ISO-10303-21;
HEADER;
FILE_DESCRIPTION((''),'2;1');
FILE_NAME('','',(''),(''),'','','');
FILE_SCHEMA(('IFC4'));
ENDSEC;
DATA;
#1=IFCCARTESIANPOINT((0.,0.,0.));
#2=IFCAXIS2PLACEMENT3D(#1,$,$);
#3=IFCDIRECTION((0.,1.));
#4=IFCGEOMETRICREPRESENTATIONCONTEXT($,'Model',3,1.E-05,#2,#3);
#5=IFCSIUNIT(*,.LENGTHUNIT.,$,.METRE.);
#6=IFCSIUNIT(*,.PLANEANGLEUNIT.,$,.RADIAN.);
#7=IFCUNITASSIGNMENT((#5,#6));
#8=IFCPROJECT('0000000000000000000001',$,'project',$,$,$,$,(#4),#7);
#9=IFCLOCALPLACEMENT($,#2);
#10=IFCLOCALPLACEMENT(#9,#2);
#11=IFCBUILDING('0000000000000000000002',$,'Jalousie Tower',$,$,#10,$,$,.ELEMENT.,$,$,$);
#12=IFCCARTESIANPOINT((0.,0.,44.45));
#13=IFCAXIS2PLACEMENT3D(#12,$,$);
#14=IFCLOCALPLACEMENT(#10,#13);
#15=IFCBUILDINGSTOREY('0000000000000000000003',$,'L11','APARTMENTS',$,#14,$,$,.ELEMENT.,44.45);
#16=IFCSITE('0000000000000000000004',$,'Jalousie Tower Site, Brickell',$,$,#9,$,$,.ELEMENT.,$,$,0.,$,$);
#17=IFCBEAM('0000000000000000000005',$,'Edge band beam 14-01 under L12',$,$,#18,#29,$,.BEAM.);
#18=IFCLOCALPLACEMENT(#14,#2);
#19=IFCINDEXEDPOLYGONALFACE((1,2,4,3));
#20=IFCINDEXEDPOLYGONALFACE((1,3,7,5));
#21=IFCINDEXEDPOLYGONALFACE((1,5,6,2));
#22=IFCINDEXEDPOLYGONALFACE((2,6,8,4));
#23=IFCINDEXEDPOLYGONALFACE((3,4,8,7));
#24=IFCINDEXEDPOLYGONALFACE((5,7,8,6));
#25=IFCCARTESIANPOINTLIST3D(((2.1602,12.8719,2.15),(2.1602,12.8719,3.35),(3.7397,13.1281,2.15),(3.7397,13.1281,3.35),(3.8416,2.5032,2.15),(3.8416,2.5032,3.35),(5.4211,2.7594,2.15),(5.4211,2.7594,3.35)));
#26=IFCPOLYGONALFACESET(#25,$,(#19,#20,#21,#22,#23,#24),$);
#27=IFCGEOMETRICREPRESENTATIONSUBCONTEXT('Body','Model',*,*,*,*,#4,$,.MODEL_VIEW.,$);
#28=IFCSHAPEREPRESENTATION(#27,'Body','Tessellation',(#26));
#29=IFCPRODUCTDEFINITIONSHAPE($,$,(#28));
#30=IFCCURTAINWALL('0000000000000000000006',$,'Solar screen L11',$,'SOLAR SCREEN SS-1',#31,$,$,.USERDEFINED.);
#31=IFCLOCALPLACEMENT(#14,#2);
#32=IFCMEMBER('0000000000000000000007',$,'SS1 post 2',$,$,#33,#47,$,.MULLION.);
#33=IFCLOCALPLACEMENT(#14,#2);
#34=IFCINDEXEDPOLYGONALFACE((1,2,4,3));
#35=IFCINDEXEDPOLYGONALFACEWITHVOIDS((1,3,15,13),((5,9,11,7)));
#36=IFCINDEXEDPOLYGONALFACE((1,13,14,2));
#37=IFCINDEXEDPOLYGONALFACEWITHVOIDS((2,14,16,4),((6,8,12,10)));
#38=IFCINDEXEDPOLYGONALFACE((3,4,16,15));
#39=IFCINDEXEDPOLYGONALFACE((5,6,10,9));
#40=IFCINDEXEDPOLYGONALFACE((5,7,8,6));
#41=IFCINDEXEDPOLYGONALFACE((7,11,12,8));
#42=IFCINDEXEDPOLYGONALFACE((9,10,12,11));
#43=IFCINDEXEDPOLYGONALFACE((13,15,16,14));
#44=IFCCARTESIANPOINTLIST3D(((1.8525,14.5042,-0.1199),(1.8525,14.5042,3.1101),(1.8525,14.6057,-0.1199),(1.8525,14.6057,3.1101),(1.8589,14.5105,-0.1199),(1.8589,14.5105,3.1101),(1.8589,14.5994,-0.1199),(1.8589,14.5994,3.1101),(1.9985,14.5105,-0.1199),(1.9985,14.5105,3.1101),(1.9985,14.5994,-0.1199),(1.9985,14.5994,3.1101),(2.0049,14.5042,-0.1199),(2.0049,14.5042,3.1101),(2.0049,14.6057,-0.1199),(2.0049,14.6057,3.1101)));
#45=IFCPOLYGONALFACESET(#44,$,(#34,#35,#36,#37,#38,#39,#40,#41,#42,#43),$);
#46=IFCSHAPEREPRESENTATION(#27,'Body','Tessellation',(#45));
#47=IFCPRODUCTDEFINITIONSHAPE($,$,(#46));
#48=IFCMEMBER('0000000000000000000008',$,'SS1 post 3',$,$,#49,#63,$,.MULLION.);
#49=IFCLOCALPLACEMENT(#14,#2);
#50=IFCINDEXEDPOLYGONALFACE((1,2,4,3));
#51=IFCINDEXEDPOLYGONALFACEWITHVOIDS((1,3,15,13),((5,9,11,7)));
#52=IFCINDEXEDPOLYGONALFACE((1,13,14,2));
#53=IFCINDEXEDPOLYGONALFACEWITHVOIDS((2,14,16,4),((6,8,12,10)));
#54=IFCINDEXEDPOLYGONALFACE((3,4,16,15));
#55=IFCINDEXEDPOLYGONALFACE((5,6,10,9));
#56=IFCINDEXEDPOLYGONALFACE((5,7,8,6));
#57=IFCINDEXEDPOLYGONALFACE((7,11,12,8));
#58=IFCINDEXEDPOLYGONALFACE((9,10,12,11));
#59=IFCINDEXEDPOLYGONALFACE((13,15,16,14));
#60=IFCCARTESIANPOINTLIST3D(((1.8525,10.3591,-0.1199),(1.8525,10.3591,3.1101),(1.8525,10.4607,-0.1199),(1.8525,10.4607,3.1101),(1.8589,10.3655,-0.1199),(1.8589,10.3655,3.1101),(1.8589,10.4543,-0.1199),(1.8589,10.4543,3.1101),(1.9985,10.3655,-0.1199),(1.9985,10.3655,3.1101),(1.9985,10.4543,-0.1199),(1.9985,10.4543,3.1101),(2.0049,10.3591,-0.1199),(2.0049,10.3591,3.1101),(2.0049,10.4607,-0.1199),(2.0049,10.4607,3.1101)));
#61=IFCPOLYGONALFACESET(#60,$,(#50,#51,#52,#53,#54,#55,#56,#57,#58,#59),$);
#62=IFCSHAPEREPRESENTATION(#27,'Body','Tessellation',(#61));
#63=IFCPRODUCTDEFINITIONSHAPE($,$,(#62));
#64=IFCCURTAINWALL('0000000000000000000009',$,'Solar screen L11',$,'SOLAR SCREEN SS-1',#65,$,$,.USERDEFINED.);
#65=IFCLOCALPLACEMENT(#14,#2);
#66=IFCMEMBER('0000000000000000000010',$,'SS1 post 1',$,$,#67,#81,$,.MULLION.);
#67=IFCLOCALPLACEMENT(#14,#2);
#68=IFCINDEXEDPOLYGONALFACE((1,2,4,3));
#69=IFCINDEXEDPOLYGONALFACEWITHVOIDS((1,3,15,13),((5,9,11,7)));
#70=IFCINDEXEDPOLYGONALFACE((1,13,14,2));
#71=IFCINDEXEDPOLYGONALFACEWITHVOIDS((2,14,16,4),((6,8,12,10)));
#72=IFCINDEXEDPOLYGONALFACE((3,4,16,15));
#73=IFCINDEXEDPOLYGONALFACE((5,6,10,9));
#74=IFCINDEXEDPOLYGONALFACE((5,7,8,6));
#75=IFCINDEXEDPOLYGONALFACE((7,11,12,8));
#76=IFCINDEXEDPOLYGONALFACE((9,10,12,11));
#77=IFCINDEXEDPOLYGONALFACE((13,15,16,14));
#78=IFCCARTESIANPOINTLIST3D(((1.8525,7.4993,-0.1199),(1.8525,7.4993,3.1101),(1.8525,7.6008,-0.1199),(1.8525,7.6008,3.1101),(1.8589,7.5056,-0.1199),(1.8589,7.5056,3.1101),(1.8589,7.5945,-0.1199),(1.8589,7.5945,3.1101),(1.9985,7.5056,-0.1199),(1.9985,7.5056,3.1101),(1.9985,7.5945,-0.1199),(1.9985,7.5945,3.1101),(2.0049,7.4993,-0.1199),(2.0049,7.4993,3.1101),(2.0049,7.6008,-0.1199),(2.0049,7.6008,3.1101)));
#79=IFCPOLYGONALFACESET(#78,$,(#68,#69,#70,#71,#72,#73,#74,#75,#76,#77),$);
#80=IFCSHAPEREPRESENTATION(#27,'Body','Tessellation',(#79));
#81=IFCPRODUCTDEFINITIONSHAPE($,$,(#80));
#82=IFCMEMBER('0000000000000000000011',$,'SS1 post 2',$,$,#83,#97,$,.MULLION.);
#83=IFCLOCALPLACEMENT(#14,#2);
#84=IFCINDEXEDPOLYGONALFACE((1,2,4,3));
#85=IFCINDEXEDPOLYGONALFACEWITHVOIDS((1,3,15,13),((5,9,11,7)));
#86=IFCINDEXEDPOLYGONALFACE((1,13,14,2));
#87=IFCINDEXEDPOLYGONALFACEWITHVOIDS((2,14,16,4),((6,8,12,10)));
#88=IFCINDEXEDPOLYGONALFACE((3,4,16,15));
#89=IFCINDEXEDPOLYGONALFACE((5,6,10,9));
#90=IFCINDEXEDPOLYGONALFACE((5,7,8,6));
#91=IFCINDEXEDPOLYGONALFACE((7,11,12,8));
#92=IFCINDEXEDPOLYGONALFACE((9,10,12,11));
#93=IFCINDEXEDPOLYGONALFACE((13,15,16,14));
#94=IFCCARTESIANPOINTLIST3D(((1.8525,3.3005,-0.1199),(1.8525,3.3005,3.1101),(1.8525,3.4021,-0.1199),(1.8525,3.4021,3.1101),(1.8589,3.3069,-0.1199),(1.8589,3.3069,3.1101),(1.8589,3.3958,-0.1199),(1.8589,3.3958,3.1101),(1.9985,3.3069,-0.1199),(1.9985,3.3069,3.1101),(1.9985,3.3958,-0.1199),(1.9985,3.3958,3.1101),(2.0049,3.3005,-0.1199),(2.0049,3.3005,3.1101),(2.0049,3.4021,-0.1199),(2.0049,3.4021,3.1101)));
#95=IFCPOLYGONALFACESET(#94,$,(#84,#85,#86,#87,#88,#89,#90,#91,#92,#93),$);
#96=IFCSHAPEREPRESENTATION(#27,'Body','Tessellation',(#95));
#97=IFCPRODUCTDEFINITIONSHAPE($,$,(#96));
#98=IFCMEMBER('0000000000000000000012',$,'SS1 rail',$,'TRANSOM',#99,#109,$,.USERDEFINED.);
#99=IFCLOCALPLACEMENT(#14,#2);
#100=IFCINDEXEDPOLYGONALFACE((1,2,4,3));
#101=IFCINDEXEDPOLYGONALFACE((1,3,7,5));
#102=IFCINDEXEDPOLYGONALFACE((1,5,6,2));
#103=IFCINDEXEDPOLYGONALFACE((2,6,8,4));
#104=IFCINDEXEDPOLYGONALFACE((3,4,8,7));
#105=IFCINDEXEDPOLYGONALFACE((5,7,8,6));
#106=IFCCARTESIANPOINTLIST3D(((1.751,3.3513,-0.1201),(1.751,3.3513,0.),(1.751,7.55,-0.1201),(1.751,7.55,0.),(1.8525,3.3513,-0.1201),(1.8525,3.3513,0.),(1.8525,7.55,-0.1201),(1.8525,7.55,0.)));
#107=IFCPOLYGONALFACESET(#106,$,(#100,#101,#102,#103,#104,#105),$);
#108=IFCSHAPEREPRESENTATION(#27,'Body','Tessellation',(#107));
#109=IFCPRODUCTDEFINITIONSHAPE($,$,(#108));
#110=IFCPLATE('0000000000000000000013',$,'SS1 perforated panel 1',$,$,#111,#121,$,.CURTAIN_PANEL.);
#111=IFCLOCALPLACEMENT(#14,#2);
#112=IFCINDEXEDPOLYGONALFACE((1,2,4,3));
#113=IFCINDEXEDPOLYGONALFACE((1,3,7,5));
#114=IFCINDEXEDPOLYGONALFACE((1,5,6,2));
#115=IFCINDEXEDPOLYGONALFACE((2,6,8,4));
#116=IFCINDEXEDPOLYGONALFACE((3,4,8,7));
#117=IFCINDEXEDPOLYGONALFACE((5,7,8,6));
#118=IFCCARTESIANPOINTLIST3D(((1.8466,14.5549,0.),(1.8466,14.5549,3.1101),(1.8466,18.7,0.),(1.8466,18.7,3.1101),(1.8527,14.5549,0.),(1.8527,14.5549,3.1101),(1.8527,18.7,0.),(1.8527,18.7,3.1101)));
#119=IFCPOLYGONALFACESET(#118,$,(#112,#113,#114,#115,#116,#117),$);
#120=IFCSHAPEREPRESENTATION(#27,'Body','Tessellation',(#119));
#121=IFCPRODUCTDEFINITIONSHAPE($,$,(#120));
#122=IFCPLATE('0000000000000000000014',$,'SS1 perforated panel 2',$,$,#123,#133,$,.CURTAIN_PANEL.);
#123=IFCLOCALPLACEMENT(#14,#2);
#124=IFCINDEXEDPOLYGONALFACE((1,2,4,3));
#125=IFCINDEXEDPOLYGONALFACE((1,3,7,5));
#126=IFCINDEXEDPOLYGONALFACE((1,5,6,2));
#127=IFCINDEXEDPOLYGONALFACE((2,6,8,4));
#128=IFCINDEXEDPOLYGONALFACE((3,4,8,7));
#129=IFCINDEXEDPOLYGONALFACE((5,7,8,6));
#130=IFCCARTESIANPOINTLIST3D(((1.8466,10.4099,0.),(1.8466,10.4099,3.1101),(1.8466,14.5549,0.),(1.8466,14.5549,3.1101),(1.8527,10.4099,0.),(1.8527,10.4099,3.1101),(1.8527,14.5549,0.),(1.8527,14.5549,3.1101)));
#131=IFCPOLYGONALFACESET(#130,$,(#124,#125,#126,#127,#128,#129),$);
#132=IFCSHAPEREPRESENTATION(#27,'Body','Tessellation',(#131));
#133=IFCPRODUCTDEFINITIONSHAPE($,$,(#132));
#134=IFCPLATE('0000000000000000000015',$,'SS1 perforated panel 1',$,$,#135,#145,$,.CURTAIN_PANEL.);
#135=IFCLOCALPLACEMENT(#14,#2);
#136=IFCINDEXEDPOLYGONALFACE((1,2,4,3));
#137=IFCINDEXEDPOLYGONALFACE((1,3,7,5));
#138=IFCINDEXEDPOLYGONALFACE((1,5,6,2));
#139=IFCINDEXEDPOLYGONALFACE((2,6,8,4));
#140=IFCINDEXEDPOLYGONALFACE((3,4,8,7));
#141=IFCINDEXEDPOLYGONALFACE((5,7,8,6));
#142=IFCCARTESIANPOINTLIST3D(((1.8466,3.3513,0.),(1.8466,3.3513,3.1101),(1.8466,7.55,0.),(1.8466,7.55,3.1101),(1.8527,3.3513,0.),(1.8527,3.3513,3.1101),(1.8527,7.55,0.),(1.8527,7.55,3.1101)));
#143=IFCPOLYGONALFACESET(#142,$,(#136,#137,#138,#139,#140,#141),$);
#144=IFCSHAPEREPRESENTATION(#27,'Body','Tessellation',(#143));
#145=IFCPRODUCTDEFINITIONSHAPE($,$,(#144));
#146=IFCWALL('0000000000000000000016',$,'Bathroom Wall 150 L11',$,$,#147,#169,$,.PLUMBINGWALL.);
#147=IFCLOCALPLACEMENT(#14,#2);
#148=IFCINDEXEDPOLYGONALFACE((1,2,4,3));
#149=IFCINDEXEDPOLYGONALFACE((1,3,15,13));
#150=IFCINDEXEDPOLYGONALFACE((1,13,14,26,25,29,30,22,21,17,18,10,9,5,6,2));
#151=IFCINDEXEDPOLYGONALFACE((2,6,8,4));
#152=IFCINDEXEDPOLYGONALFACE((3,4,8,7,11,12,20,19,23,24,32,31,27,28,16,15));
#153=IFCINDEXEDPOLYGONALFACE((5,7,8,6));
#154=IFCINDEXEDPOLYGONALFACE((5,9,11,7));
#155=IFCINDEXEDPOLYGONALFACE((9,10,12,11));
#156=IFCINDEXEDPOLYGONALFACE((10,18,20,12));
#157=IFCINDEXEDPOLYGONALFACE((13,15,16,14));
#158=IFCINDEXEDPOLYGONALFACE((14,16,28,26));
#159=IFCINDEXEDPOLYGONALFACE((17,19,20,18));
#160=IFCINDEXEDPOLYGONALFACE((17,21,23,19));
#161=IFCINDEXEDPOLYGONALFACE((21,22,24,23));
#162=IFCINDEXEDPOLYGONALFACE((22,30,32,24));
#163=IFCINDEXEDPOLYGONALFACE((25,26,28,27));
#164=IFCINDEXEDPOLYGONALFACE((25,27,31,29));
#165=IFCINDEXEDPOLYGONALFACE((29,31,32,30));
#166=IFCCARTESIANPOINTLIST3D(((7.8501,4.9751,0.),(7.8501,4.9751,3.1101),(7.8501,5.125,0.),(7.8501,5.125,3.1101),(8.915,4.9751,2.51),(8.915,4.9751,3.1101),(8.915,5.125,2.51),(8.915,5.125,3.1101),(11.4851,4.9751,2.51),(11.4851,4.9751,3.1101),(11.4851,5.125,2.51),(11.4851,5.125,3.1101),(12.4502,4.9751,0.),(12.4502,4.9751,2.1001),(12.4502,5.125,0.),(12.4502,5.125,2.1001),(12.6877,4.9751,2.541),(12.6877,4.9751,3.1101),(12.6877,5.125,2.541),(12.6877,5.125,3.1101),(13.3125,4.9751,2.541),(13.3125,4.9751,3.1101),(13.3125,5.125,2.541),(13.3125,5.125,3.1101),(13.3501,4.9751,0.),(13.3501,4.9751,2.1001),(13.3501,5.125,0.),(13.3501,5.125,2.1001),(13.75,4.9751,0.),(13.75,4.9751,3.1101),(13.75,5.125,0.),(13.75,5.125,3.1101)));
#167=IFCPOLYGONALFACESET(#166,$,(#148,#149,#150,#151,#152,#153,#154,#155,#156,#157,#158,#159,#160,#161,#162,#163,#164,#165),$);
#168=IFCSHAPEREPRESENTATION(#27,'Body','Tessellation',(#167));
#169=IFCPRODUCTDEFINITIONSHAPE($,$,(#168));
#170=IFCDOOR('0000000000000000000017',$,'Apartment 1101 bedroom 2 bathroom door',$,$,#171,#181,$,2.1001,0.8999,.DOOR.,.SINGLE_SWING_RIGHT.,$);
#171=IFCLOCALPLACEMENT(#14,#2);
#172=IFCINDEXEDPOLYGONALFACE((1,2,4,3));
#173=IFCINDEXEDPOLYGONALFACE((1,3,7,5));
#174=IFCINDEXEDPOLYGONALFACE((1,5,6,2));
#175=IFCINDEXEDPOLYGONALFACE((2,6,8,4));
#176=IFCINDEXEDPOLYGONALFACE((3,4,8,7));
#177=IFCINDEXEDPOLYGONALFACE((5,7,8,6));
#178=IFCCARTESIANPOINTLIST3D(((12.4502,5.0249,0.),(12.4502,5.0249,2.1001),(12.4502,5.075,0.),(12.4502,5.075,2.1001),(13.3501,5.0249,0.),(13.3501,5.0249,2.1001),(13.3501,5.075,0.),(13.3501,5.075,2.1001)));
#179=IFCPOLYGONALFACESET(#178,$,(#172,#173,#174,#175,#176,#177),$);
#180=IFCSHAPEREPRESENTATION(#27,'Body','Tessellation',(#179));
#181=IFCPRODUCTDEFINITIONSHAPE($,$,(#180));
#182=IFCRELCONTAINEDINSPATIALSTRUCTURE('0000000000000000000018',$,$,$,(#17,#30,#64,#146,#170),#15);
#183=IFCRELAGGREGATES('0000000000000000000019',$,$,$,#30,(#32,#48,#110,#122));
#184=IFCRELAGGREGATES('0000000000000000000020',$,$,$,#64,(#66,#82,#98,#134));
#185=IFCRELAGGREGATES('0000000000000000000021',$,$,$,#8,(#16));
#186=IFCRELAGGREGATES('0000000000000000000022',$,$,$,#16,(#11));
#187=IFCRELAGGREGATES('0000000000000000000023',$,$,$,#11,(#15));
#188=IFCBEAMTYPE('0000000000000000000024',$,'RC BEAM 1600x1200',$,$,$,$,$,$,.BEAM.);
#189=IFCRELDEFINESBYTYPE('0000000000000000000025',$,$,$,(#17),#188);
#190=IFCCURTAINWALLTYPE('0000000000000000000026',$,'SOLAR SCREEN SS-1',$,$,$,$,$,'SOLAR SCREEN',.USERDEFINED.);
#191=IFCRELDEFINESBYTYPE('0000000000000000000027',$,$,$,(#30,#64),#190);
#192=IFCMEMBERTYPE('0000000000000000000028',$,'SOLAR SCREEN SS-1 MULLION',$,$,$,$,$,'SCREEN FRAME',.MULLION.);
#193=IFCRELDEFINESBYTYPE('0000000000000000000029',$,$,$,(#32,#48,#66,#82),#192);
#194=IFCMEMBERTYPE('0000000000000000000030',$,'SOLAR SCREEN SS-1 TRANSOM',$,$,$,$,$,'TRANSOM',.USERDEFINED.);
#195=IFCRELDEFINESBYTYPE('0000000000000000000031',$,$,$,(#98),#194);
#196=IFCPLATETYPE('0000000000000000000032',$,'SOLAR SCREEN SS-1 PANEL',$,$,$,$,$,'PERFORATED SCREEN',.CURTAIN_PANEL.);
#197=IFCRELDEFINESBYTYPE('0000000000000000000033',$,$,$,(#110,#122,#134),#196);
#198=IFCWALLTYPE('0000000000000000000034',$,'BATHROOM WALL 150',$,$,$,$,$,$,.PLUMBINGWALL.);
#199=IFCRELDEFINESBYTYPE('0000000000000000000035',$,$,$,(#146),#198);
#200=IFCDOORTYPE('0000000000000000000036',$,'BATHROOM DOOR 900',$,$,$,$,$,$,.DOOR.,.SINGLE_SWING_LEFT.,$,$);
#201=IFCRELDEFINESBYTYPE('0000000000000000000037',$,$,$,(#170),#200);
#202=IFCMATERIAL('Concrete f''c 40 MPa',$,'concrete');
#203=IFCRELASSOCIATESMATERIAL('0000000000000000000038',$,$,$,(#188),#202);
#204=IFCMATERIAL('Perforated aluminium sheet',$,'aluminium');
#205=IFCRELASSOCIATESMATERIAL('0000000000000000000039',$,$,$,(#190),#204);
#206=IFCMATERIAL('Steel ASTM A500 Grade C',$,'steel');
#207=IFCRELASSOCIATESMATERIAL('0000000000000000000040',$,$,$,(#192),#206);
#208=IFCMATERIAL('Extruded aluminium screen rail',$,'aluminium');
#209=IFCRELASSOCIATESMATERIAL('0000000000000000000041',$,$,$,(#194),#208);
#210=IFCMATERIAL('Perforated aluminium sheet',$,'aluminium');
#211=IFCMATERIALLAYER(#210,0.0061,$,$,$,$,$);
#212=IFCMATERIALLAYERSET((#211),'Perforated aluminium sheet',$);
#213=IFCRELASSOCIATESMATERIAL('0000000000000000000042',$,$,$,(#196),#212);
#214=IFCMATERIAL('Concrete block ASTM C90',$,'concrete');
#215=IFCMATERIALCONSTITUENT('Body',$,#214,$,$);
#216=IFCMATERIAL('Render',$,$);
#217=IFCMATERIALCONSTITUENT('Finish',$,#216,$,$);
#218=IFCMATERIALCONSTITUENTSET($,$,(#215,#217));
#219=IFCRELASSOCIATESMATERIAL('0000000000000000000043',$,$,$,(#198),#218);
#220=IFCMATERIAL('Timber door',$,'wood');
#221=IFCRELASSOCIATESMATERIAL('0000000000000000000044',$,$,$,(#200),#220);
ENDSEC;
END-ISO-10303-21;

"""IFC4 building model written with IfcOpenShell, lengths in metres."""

from ifc_helpers import new_model, si_unit, direction, frame, frame_2d, origin, origin_2d, place, context, subcontext, project, spatial, polyline, rectangle, hollow_rectangle, outline, extrude, material, layer, layer_set, constituent, constituent_set, material_profile, profile_set, type_object, element, fill, aggregate, save


model = new_model("IFC4")

# Units and contexts
model_context = context("Model", 3, precision=1e-05, world=origin(), true_north=direction((0.0, 1.0)))
body_context = subcontext(model_context, "Body", "Model", "MODEL_VIEW")
ifc_project = project(units=[si_unit("LENGTHUNIT", "METRE"), si_unit("PLANEANGLEUNIT", "RADIAN")], contexts=[model_context])

# Site, building, storey
site_placement = place(None, origin())
site = spatial("IfcSite", under=ifc_project, at=site_placement, Name="Jalousie Tower Site, Brickell", CompositionType="ELEMENT", RefElevation=0.0)
building_placement = place(site_placement, origin())
building = spatial("IfcBuilding", under=site, at=building_placement, Name="Jalousie Tower", CompositionType="ELEMENT")
storey_placement = place(building_placement, frame((0.0, 0.0, 44.45)))
storey = spatial("IfcBuildingStorey", under=building, at=storey_placement, Name="L11", Description="APARTMENTS", CompositionType="ELEMENT", Elevation=44.45)

# Beam
ifc_material_1 = material(Name="Concrete f'c 40 MPa", Category="concrete")
ifc_material_profile_1 = material_profile(ifc_material_1, rectangle(XDim=1.6001, YDim=1.2, at=origin_2d()), Name="RC 1600x1200")
ifc_profile_set_1 = profile_set([ifc_material_profile_1], Name="Concrete f'c 40 MPa")
beam_type_1 = type_object("IfcBeamType", Name="RC BEAM 1600x1200", PredefinedType="BEAM", material=ifc_profile_set_1)
beam_1_placement = place(storey_placement, frame((2.95, 13.0, 2.75), z_axis=(0.160071, -0.987106, 0.0), x_axis=(0.987106, 0.160071, 0.0)))
element("IfcBeam", 1, at=beam_1_placement, inside=storey, type_object=beam_type_1, Name="Edge band beam 14-01 under L12", PredefinedType="BEAM", context=body_context, shape_type="SweptSolid", body=[
    extrude(rectangle(XDim=1.6001, YDim=1.2, at=origin_2d()), origin(), (0.0, 0.0, 1.0), 10.5042),
])

# Curtain walls, members
ifc_material_2 = material(Name="Perforated aluminium sheet", Category="aluminium")
curtain_wall_type_1 = type_object("IfcCurtainWallType", Name="SOLAR SCREEN SS-1", ElementType="SOLAR SCREEN", PredefinedType="USERDEFINED", material=ifc_material_2)
curtain_wall_1_placement = place(storey_placement, origin())
curtain_wall_1 = element("IfcCurtainWall", 2, at=curtain_wall_1_placement, inside=storey, type_object=curtain_wall_type_1, Name="Solar screen L11", ObjectType="SOLAR SCREEN SS-1", PredefinedType="USERDEFINED")
ifc_material_3 = material(Name="Steel ASTM A500 Grade C", Category="steel")
ifc_material_profile_2 = material_profile(ifc_material_3, hollow_rectangle(XDim=0.1016, YDim=0.1523, WallThickness=0.0063, at=origin_2d()), Name="HSS6X4X1/4")
ifc_profile_set_2 = profile_set([ifc_material_profile_2], Name="Steel ASTM A500 Grade C")
member_type_1 = type_object("IfcMemberType", Name="SOLAR SCREEN SS-1 MULLION", ElementType="SCREEN FRAME", PredefinedType="MULLION", material=ifc_profile_set_2)
member_1_placement = place(storey_placement, frame((1.9287, 14.5549, -0.1199), z_axis=(0.0, 0.0, 1.0), x_axis=(0.0, -1.0, 0.0)))
member_1 = element("IfcMember", 3, at=member_1_placement, type_object=member_type_1, Name="SS1 post 2", PredefinedType="MULLION", context=body_context, shape_type="SweptSolid", body=[
    extrude(hollow_rectangle(XDim=0.1016, YDim=0.1523, WallThickness=0.0063, at=origin_2d()), origin(), (0.0, 0.0, 1.0), 3.23),
])
member_2_placement = place(storey_placement, frame((1.9287, 10.4099, -0.1199), z_axis=(0.0, 0.0, 1.0), x_axis=(0.0, -1.0, 0.0)))
member_2 = element("IfcMember", 4, at=member_2_placement, type_object=member_type_1, Name="SS1 post 3", PredefinedType="MULLION", context=body_context, shape_type="SweptSolid", body=[
    extrude(hollow_rectangle(XDim=0.1016, YDim=0.1523, WallThickness=0.0063, at=origin_2d()), origin(), (0.0, 0.0, 1.0), 3.23),
])
curtain_wall_2_placement = place(storey_placement, origin())
curtain_wall_2 = element("IfcCurtainWall", 5, at=curtain_wall_2_placement, inside=storey, type_object=curtain_wall_type_1, Name="Solar screen L11", ObjectType="SOLAR SCREEN SS-1", PredefinedType="USERDEFINED")
member_3_placement = place(storey_placement, frame((1.9287, 7.55, -0.1199), z_axis=(0.0, 0.0, 1.0), x_axis=(0.0, -1.0, 0.0)))
member_3 = element("IfcMember", 6, at=member_3_placement, type_object=member_type_1, Name="SS1 post 1", PredefinedType="MULLION", context=body_context, shape_type="SweptSolid", body=[
    extrude(hollow_rectangle(XDim=0.1016, YDim=0.1523, WallThickness=0.0063, at=origin_2d()), origin(), (0.0, 0.0, 1.0), 3.23),
])
member_4_placement = place(storey_placement, frame((1.9287, 3.3513, -0.1199), z_axis=(0.0, 0.0, 1.0), x_axis=(0.0, -1.0, 0.0)))
member_4 = element("IfcMember", 7, at=member_4_placement, type_object=member_type_1, Name="SS1 post 2", PredefinedType="MULLION", context=body_context, shape_type="SweptSolid", body=[
    extrude(hollow_rectangle(XDim=0.1016, YDim=0.1523, WallThickness=0.0063, at=origin_2d()), origin(), (0.0, 0.0, 1.0), 3.23),
])
ifc_material_4 = material(Name="Extruded aluminium screen rail", Category="aluminium")
ifc_material_profile_3 = material_profile(ifc_material_4, rectangle(XDim=0.1016, YDim=0.1201, at=origin_2d()), Name="RAIL 102x120")
ifc_profile_set_3 = profile_set([ifc_material_profile_3], Name="Extruded aluminium screen rail")
member_type_2 = type_object("IfcMemberType", Name="SOLAR SCREEN SS-1 TRANSOM", ElementType="TRANSOM", PredefinedType="USERDEFINED", material=ifc_profile_set_3)
member_5_placement = place(storey_placement, frame((1.8018, 7.55, -0.0601), z_axis=(0.0, -1.0, 0.0), x_axis=(1.0, 0.0, 0.0)))
member_5 = element("IfcMember", 8, at=member_5_placement, type_object=member_type_2, Name="SS1 rail", ObjectType="TRANSOM", PredefinedType="USERDEFINED", context=body_context, shape_type="SweptSolid", body=[
    extrude(rectangle(XDim=0.1016, YDim=0.1201, at=origin_2d()), origin(), (0.0, 0.0, 1.0), 4.1987),
])

# Plates
ifc_material_5 = material(Name="Perforated aluminium sheet", Category="aluminium")
ifc_layer_1 = layer(ifc_material_5, 0.0061)
ifc_layer_set_1 = layer_set([ifc_layer_1], Name="Perforated aluminium sheet")
plate_type = type_object("IfcPlateType", Name="SOLAR SCREEN SS-1 PANEL", ElementType="PERFORATED SCREEN", PredefinedType="CURTAIN_PANEL", material=ifc_layer_set_1)
plate_1_placement = place(storey_placement, frame((1.8496, 16.6274, 0.0), z_axis=(0.0, 0.0, 1.0), x_axis=(0.0, -1.0, 0.0)))
plate_1 = element("IfcPlate", 9, at=plate_1_placement, type_object=plate_type, Name="SS1 perforated panel 1", PredefinedType="CURTAIN_PANEL", context=body_context, shape_type="SweptSolid", body=[
    extrude(rectangle(XDim=4.145, YDim=0.0061, at=origin_2d()), origin(), (0.0, 0.0, 1.0), 3.1101),
])
plate_2_placement = place(storey_placement, frame((1.8496, 12.4824, 0.0), z_axis=(0.0, 0.0, 1.0), x_axis=(0.0, -1.0, 0.0)))
plate_2 = element("IfcPlate", 10, at=plate_2_placement, type_object=plate_type, Name="SS1 perforated panel 2", PredefinedType="CURTAIN_PANEL", context=body_context, shape_type="SweptSolid", body=[
    extrude(rectangle(XDim=4.145, YDim=0.0061, at=origin_2d()), origin(), (0.0, 0.0, 1.0), 3.1101),
])
aggregate(curtain_wall_1, [member_1, member_2, plate_1, plate_2])
plate_3_placement = place(storey_placement, frame((1.8496, 5.4507, 0.0), z_axis=(0.0, 0.0, 1.0), x_axis=(0.0, -1.0, 0.0)))
plate_3 = element("IfcPlate", 11, at=plate_3_placement, type_object=plate_type, Name="SS1 perforated panel 1", PredefinedType="CURTAIN_PANEL", context=body_context, shape_type="SweptSolid", body=[
    extrude(rectangle(XDim=4.1987, YDim=0.0061, at=origin_2d()), origin(), (0.0, 0.0, 1.0), 3.1101),
])
aggregate(curtain_wall_2, [member_3, member_4, member_5, plate_3])

# Wall, opening, door
ifc_material_6 = material(Name="Concrete block ASTM C90", Category="concrete")
ifc_constituent_1 = constituent(ifc_material_6, Name="Body")
ifc_material_7 = material(Name="Render")
ifc_constituent_2 = constituent(ifc_material_7, Name="Finish")
ifc_constituent_set_1 = constituent_set(constituents=[ifc_constituent_1, ifc_constituent_2])
wall_type_1 = type_object("IfcWallType", Name="BATHROOM WALL 150", PredefinedType="PLUMBINGWALL", material=ifc_constituent_set_1)
wall_1_placement = place(storey_placement, frame((7.8501, 5.05, 0.0), z_axis=(0.0, 0.0, 1.0), x_axis=(1.0, 0.0, 0.0)))
wall_1 = element("IfcWall", 12, at=wall_1_placement, inside=storey, type_object=wall_type_1, Name="Bathroom Wall 150 L11", PredefinedType="PLUMBINGWALL", context=body_context, shape_type="SweptSolid", body=[
    extrude(outline(polyline([(0.0, 0.0), (5.8999, 0.0), (5.8999, 3.1101), (5.4624, 3.1101), (5.4624, 2.541), (4.8376, 2.541), (4.8376, 3.1101), (3.635, 3.1101), (3.635, 2.51), (1.0649, 2.51), (1.0649, 3.1101), (0.0, 3.1101), (0.0, 0.0)])), frame((0.0, 0.075, 0.0), z_axis=(0.0, -1.0, 0.0), x_axis=(1.0, 0.0, 0.0)), (0.0, 0.0, 1.0), 0.1499),
])
opening_1_placement = place(wall_1_placement, frame((4.6001, 0.0, 0.0)))
opening_1 = element("IfcOpeningElement", 13, at=opening_1_placement, cuts=wall_1, PredefinedType="OPENING", context=body_context, shape_type="SweptSolid", body=[
    extrude(rectangle(XDim=0.8999, YDim=2.1001, at=frame_2d((0.45, 1.05))), frame((0.0, 0.085, 0.0), z_axis=(0.0, -1.0, 0.0), x_axis=(1.0, 0.0, 0.0)), (0.0, 0.0, 1.0), 0.1699),
])
ifc_material_8 = material(Name="Timber door", Category="wood")
door_type_1 = type_object("IfcDoorType", Name="BATHROOM DOOR 900", OperationType="SINGLE_SWING_LEFT", PredefinedType="DOOR", material=ifc_material_8)
door_1_placement = place(opening_1_placement, origin())
door_1 = element("IfcDoor", 14, at=door_1_placement, inside=storey, type_object=door_type_1, Name="Apartment 1101 bedroom 2 bathroom door", OperationType="SINGLE_SWING_RIGHT", OverallHeight=2.1001, OverallWidth=0.8999, PredefinedType="DOOR", context=body_context, shape_type="SweptSolid", body=[
    extrude(rectangle(XDim=0.8999, YDim=2.1001, at=frame_2d((0.45, 1.05))), frame((0.0, 0.0249, 0.0), z_axis=(0.0, -1.0, 0.0), x_axis=(1.0, 0.0, 0.0)), (0.0, 0.0, 1.0), 0.05),
])
fill(opening_1, door_1)

save(model, "model.ifc")
